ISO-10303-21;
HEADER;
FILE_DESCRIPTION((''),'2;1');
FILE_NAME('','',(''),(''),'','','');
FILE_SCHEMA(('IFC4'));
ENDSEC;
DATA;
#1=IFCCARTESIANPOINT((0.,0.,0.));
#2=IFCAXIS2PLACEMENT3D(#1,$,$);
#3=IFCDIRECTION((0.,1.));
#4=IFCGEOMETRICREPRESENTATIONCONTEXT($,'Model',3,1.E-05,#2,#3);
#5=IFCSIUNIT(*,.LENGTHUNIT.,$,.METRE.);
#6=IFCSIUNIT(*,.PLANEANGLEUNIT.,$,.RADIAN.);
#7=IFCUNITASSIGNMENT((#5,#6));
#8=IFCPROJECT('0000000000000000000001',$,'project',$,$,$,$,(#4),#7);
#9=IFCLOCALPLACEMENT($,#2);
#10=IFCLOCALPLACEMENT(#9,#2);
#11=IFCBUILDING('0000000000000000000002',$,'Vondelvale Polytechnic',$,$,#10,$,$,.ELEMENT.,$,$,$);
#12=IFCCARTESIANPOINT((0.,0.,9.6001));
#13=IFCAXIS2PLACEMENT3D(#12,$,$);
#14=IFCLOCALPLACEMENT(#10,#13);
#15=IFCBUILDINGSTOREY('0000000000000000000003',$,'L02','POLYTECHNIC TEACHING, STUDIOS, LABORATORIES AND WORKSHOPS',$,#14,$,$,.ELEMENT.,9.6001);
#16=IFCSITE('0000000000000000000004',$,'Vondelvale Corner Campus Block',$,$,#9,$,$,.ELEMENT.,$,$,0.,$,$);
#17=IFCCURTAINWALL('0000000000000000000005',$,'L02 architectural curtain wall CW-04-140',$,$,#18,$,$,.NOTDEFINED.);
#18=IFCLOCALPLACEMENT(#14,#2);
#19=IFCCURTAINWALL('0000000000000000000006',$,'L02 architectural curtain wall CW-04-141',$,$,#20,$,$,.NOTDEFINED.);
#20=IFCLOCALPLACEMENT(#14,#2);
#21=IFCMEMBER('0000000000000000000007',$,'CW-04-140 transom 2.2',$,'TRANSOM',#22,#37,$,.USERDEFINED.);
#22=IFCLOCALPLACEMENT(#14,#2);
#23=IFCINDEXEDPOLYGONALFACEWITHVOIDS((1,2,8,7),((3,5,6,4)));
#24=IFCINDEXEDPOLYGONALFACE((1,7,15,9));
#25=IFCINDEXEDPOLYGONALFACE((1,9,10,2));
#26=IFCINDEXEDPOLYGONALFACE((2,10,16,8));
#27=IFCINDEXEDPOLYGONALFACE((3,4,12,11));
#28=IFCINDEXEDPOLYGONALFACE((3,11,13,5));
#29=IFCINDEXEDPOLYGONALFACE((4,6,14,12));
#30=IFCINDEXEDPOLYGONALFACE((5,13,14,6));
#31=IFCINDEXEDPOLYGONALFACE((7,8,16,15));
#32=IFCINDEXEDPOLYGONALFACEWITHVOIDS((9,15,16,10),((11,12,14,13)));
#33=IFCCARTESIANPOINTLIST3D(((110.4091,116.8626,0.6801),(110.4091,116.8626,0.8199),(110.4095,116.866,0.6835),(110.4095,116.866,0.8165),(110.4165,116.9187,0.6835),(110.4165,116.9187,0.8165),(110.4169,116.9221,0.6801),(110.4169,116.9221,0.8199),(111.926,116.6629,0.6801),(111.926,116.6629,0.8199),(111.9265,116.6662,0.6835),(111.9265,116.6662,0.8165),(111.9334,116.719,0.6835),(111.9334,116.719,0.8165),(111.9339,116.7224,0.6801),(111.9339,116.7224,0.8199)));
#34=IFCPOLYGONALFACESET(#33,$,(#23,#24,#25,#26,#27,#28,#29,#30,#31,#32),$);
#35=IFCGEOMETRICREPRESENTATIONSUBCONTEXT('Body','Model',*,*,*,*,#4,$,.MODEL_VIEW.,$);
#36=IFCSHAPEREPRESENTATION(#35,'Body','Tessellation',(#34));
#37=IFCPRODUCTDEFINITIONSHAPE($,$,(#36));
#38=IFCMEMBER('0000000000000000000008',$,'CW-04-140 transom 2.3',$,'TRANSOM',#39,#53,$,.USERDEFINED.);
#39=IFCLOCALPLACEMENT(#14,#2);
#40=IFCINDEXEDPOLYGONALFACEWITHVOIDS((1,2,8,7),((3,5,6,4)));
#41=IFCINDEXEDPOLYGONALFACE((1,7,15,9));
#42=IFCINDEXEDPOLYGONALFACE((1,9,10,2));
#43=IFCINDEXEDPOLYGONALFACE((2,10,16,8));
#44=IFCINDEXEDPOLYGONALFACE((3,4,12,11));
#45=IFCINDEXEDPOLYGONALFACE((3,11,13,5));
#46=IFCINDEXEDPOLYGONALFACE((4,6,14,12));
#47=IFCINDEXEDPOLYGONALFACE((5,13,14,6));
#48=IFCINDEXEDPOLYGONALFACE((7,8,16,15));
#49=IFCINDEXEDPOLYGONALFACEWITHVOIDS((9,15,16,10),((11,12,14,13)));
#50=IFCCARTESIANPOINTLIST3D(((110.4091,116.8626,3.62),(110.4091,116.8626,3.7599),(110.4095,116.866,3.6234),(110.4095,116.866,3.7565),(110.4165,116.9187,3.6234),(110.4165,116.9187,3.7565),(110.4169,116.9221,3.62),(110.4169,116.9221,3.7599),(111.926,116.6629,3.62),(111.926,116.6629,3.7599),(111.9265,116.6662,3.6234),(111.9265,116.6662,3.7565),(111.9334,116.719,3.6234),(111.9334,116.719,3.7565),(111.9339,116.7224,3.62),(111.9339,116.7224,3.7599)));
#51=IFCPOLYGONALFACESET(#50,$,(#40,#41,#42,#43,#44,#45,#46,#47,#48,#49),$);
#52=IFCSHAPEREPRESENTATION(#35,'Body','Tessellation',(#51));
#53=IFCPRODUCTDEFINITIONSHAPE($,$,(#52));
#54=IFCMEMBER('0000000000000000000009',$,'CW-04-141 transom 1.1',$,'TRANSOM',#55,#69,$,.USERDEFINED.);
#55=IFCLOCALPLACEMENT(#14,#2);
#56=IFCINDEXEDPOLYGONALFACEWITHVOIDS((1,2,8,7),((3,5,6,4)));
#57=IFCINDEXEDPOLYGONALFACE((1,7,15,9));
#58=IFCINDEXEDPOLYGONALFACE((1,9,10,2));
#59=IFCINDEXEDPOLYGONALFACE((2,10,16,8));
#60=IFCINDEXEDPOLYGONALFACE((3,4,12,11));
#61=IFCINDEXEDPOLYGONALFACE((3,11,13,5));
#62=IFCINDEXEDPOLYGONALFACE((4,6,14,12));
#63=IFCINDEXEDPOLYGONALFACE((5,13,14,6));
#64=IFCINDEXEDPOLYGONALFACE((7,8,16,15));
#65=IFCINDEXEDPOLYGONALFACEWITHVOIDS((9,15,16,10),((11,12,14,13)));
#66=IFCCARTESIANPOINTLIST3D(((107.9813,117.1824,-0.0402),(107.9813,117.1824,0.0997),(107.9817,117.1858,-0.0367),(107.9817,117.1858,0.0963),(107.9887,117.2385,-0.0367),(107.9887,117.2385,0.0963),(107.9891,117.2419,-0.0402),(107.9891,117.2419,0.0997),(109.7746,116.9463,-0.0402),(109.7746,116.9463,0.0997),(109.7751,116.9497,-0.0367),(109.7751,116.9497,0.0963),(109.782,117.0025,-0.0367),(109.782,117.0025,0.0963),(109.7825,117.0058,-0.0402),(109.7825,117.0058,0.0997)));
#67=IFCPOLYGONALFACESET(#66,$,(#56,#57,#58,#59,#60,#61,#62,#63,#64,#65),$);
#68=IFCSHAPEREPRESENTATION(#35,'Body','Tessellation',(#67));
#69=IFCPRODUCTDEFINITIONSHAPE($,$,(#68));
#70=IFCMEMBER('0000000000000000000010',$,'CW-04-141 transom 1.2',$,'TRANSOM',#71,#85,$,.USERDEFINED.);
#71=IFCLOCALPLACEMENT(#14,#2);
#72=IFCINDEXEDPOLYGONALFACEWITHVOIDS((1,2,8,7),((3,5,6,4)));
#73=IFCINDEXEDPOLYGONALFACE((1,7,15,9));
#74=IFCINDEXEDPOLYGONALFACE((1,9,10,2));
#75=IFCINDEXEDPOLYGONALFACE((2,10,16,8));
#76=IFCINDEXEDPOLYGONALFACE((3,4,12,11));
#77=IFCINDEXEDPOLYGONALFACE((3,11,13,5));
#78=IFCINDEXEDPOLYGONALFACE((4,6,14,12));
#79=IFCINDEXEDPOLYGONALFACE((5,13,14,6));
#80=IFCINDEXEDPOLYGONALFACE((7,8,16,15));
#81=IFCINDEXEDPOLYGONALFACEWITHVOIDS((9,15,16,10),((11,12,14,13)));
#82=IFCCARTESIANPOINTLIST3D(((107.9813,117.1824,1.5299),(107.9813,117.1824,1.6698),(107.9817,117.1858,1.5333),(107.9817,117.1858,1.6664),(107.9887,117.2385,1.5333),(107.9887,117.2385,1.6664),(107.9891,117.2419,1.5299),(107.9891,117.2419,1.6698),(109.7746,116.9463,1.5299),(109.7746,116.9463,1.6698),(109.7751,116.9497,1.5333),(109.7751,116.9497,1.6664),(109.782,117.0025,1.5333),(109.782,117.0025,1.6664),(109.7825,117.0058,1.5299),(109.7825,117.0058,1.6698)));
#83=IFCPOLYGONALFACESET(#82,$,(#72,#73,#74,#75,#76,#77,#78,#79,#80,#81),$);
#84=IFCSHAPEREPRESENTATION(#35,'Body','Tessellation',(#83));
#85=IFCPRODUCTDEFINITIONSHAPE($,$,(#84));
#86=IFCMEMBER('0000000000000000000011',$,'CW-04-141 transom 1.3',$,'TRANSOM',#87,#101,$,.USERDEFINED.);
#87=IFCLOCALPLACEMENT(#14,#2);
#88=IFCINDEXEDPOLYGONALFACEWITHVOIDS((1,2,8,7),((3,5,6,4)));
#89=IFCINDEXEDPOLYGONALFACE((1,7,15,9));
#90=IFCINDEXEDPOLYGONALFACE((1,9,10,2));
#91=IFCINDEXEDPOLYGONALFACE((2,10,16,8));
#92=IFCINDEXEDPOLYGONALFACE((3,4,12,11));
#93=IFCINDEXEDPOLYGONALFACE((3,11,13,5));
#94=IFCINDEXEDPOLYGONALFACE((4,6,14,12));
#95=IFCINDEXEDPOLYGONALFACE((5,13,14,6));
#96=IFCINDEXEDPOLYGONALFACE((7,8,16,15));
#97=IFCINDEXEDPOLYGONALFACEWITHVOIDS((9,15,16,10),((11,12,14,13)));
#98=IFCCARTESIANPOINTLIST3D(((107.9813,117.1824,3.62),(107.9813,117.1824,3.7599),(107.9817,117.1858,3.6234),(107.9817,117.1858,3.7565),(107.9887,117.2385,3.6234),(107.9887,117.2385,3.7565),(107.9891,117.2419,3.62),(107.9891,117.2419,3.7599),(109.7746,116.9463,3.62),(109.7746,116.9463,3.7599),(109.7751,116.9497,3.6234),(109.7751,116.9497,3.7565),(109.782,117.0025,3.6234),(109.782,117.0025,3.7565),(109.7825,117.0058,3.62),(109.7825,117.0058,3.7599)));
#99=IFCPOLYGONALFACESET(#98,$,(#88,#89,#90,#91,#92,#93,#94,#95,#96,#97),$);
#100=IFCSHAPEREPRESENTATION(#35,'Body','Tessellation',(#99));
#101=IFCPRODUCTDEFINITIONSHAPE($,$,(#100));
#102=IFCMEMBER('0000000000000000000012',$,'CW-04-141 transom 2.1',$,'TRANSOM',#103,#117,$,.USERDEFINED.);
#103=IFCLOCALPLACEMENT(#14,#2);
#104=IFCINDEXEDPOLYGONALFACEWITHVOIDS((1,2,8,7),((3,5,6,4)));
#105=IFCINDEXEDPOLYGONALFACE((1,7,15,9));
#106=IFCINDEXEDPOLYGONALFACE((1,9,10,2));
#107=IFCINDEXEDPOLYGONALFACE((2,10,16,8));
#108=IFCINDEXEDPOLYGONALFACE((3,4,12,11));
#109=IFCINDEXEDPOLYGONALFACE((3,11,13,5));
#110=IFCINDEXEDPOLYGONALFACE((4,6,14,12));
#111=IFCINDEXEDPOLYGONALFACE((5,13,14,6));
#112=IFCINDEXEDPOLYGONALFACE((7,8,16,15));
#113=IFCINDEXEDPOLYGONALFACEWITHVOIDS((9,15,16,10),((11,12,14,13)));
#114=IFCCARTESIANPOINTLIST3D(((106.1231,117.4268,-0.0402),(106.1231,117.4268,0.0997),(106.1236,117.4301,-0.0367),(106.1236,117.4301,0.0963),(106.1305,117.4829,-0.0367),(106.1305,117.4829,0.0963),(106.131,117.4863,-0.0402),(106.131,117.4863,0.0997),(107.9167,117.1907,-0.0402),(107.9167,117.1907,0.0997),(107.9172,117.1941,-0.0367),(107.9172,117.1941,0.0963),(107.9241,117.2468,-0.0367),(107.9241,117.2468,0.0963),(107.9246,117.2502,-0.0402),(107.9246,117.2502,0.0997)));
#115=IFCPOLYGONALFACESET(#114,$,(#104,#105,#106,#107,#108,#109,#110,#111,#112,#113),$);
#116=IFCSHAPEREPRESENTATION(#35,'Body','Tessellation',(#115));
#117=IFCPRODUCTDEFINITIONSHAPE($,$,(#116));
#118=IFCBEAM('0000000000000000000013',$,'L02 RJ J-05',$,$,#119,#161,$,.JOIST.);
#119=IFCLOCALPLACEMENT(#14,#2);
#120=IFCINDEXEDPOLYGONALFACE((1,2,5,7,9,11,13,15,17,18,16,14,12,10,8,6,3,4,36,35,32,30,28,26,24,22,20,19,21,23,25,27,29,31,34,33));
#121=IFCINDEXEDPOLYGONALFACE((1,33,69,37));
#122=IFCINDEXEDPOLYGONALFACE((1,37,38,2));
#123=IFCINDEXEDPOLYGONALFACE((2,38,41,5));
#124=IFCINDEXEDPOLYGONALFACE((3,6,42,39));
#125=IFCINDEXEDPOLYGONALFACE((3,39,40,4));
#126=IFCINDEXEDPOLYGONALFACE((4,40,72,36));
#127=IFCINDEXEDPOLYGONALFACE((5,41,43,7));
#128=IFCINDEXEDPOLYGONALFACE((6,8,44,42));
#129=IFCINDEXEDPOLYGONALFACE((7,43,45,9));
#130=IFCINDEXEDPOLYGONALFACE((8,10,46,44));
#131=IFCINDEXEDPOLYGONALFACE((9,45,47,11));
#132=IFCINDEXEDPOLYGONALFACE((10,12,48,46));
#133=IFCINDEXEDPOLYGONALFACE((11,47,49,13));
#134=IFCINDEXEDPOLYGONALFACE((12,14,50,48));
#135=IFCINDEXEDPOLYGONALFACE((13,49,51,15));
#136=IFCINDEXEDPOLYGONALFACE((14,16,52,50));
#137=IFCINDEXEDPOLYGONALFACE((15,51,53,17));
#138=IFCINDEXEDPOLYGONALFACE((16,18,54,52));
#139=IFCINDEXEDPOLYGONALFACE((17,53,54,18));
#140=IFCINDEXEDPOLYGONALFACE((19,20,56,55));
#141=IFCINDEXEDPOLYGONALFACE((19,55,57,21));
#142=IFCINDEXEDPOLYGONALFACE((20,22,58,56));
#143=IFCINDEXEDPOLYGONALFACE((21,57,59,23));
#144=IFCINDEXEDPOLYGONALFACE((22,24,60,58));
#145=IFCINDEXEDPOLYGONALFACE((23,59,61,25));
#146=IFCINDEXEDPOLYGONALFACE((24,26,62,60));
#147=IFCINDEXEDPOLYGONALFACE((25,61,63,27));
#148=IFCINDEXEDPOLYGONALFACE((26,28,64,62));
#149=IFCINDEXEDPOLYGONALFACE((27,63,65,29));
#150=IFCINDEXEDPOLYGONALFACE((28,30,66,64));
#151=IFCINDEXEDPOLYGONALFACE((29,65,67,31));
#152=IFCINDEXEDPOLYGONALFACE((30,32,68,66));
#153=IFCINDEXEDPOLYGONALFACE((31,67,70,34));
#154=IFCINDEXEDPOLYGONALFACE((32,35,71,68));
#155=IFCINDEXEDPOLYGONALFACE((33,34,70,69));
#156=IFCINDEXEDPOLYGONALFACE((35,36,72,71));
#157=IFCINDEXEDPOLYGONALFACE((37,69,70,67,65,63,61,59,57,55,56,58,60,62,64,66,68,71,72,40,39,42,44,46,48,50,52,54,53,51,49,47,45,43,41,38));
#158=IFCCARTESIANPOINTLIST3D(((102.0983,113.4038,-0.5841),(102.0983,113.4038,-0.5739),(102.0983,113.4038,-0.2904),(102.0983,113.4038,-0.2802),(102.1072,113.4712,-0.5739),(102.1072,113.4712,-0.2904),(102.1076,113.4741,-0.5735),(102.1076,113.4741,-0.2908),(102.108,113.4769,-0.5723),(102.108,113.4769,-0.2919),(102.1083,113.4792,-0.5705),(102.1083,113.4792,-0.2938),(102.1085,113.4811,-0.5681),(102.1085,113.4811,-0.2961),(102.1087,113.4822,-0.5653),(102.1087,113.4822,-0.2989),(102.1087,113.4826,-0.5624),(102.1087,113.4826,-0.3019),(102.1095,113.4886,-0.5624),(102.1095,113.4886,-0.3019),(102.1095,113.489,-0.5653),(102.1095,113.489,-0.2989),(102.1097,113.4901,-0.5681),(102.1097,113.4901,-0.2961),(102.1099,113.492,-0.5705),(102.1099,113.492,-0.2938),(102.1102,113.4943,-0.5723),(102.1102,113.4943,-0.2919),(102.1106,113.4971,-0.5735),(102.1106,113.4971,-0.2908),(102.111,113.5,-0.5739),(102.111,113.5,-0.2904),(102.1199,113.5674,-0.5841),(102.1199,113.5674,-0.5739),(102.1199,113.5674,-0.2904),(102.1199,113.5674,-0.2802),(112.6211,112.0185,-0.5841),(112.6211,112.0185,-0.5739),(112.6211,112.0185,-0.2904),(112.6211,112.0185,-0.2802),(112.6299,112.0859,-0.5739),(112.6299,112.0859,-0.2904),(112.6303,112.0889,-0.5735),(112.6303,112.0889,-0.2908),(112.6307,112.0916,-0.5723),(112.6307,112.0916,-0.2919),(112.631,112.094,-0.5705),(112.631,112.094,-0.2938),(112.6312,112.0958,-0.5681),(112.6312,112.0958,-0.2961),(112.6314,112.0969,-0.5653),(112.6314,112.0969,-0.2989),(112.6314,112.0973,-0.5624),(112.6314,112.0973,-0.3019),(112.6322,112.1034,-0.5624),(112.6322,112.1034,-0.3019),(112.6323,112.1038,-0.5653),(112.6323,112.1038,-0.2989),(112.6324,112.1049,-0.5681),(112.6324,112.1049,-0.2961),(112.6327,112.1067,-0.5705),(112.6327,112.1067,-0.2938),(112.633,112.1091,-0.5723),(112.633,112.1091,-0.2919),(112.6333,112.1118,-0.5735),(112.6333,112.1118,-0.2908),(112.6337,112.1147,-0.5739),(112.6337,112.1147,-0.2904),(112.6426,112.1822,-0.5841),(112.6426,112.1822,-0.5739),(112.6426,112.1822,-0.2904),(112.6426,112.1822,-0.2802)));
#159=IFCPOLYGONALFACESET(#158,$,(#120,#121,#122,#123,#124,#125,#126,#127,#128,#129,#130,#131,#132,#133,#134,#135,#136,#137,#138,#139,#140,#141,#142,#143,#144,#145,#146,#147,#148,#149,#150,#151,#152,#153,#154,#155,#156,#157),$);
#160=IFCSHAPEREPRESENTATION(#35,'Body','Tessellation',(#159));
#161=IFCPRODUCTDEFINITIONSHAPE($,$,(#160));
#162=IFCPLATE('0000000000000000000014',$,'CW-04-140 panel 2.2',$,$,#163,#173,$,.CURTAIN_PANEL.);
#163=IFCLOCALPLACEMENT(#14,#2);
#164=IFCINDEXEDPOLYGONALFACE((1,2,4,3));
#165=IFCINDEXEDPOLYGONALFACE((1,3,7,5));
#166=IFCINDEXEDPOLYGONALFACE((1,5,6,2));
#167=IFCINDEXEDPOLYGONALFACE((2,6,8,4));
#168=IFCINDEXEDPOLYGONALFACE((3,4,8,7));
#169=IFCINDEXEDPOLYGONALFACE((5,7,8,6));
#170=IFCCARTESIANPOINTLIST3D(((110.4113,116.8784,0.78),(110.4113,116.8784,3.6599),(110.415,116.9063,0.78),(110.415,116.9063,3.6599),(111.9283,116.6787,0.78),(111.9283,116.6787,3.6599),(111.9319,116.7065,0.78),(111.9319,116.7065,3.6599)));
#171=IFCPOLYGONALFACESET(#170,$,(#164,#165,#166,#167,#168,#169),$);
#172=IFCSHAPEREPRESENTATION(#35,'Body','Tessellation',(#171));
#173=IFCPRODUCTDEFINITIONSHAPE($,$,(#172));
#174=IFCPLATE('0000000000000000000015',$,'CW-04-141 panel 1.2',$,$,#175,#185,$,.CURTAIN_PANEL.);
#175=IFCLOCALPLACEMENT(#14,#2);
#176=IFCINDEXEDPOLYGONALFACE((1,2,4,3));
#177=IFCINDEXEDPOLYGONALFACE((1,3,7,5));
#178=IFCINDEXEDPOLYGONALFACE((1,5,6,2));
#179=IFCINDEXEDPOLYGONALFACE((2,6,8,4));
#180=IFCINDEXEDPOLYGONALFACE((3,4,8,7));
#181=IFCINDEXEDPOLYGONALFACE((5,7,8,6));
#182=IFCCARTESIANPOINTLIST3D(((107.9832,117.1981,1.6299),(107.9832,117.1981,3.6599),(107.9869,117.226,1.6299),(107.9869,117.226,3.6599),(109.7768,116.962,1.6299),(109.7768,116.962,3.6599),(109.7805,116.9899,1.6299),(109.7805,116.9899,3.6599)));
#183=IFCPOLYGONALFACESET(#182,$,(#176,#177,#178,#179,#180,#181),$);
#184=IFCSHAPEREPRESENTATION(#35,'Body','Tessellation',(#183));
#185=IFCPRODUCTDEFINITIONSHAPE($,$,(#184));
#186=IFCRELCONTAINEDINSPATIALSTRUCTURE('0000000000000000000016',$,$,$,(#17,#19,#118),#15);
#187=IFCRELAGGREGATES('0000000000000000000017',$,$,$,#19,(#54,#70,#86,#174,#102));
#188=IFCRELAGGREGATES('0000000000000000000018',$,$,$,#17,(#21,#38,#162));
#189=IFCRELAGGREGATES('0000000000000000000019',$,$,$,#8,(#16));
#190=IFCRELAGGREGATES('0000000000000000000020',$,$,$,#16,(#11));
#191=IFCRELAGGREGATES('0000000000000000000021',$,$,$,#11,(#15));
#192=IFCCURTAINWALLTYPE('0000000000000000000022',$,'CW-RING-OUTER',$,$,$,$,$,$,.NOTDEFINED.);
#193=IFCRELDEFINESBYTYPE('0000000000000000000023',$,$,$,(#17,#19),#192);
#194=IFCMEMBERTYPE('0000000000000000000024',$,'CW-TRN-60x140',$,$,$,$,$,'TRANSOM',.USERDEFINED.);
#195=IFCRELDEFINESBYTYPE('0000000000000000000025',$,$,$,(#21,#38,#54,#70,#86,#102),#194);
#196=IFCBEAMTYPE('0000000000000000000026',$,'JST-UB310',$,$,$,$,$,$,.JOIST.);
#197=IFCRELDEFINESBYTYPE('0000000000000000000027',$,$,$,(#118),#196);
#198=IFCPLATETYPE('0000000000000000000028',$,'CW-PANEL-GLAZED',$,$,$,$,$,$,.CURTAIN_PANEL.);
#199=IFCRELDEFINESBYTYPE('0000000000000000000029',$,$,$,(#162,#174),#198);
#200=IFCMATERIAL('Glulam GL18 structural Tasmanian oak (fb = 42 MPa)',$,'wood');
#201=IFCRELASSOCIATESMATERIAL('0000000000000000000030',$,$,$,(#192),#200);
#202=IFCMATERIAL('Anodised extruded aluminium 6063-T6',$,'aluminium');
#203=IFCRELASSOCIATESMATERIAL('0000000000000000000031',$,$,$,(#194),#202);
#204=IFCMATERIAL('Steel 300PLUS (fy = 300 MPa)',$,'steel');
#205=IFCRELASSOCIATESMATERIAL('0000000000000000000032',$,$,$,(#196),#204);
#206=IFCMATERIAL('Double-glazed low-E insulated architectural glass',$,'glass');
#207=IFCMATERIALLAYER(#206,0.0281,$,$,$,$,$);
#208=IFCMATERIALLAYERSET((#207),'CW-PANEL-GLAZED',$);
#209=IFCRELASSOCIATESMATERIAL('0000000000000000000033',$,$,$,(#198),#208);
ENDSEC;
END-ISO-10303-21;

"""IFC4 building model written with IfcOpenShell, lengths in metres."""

from ifc_helpers import new_model, si_unit, direction, frame, origin, origin_2d, place, context, subcontext, project, spatial, rectangle, hollow_rectangle, i_section, extrude, material, layer, layer_set, material_profile, profile_set, type_object, element, aggregate, save


model = new_model("IFC4")

# Units and contexts
model_context = context("Model", 3, precision=1e-05, world=origin(), true_north=direction((0.0, 1.0)))
body_context = subcontext(model_context, "Body", "Model", "MODEL_VIEW")
ifc_project = project(units=[si_unit("LENGTHUNIT", "METRE"), si_unit("PLANEANGLEUNIT", "RADIAN")], contexts=[model_context])

# Site, building, storey
site_placement = place(None, origin())
site = spatial("IfcSite", under=ifc_project, at=site_placement, Name="Vondelvale Corner Campus Block", CompositionType="ELEMENT", RefElevation=0.0)
building_placement = place(site_placement, origin())
building = spatial("IfcBuilding", under=site, at=building_placement, Name="Vondelvale Polytechnic", CompositionType="ELEMENT")
storey_placement = place(building_placement, frame((0.0, 0.0, 9.6001)))
storey = spatial("IfcBuildingStorey", under=building, at=storey_placement, Name="L02", Description="POLYTECHNIC TEACHING, STUDIOS, LABORATORIES AND WORKSHOPS", CompositionType="ELEMENT", Elevation=9.6001)

# Shared definitions
ifc_material_1 = material(Name="Glulam GL18 structural Tasmanian oak (fb = 42 MPa)", Category="wood")
ifc_material_2 = material(Name="Steel 300PLUS (fy = 300 MPa)", Category="steel")

# Curtain walls
curtain_wall_type = type_object("IfcCurtainWallType", Name="CW-RING-OUTER", PredefinedType="NOTDEFINED", material=ifc_material_1)
curtain_wall_1_placement = place(storey_placement, origin())
curtain_wall_1 = element("IfcCurtainWall", 1, at=curtain_wall_1_placement, inside=storey, type_object=curtain_wall_type, Name="L02 architectural curtain wall CW-04-140", PredefinedType="NOTDEFINED")
ifc_material_3 = material(Name="Anodised extruded aluminium 6063-T6", Category="aluminium")
curtain_wall_2_placement = place(storey_placement, origin())
curtain_wall_2 = element("IfcCurtainWall", 2, at=curtain_wall_2_placement, inside=storey, type_object=curtain_wall_type, Name="L02 architectural curtain wall CW-04-141", PredefinedType="NOTDEFINED")

# Members
ifc_material_profile_1 = material_profile(ifc_material_3, hollow_rectangle(XDim=0.0601, YDim=0.1399, WallThickness=0.0034, at=origin_2d()), Name="CW-TRN-140x60")
ifc_profile_set_1 = profile_set([ifc_material_profile_1], Name="Anodised extruded aluminium 6063-T6")
member_type_1 = type_object("IfcMemberType", Name="CW-TRN-60x140", ElementType="TRANSOM", PredefinedType="USERDEFINED", material=ifc_profile_set_1)
member_1_placement = place(storey_placement, frame((111.9299, 116.6926, 0.75), z_axis=(-0.991444, 0.130533, 0.0), x_axis=(-0.130533, -0.991444, 0.0)))
member_1 = element("IfcMember", 3, at=member_1_placement, type_object=member_type_1, Name="CW-04-140 transom 2.2", ObjectType="TRANSOM", PredefinedType="USERDEFINED", context=body_context, shape_type="SweptSolid", body=[
    extrude(hollow_rectangle(XDim=0.0601, YDim=0.1399, WallThickness=0.0034, at=origin_2d()), origin(), (0.0, 0.0, 1.0), 1.53),
])
member_2_placement = place(storey_placement, frame((111.9299, 116.6926, 3.6899), z_axis=(-0.991444, 0.130533, 0.0), x_axis=(-0.130533, -0.991444, 0.0)))
member_2 = element("IfcMember", 4, at=member_2_placement, type_object=member_type_1, Name="CW-04-140 transom 2.3", ObjectType="TRANSOM", PredefinedType="USERDEFINED", context=body_context, shape_type="SweptSolid", body=[
    extrude(hollow_rectangle(XDim=0.0601, YDim=0.1399, WallThickness=0.0034, at=origin_2d()), origin(), (0.0, 0.0, 1.0), 1.53),
])
member_3_placement = place(storey_placement, frame((109.7786, 116.9761, 0.0298), z_axis=(-0.991447, 0.13051, 0.0), x_axis=(-0.13051, -0.991447, 0.0)))
member_3 = element("IfcMember", 5, at=member_3_placement, type_object=member_type_1, Name="CW-04-141 transom 1.1", ObjectType="TRANSOM", PredefinedType="USERDEFINED", context=body_context, shape_type="SweptSolid", body=[
    extrude(hollow_rectangle(XDim=0.0601, YDim=0.1399, WallThickness=0.0034, at=origin_2d()), origin(), (0.0, 0.0, 1.0), 1.8088),
])
member_4_placement = place(storey_placement, frame((109.7786, 116.9761, 1.5999), z_axis=(-0.991447, 0.13051, 0.0), x_axis=(-0.13051, -0.991447, 0.0)))
member_4 = element("IfcMember", 6, at=member_4_placement, type_object=member_type_1, Name="CW-04-141 transom 1.2", ObjectType="TRANSOM", PredefinedType="USERDEFINED", context=body_context, shape_type="SweptSolid", body=[
    extrude(hollow_rectangle(XDim=0.0601, YDim=0.1399, WallThickness=0.0034, at=origin_2d()), origin(), (0.0, 0.0, 1.0), 1.8088),
])
member_5_placement = place(storey_placement, frame((109.7786, 116.9761, 3.6899), z_axis=(-0.991447, 0.13051, 0.0), x_axis=(-0.13051, -0.991447, 0.0)))
member_5 = element("IfcMember", 7, at=member_5_placement, type_object=member_type_1, Name="CW-04-141 transom 1.3", ObjectType="TRANSOM", PredefinedType="USERDEFINED", context=body_context, shape_type="SweptSolid", body=[
    extrude(hollow_rectangle(XDim=0.0601, YDim=0.1399, WallThickness=0.0034, at=origin_2d()), origin(), (0.0, 0.0, 1.0), 1.8088),
])
member_6_placement = place(storey_placement, frame((107.9207, 117.2205, 0.0298), z_axis=(-0.991449, 0.130493, 0.0), x_axis=(-0.130493, -0.991449, 0.0)))
member_6 = element("IfcMember", 8, at=member_6_placement, type_object=member_type_1, Name="CW-04-141 transom 2.1", ObjectType="TRANSOM", PredefinedType="USERDEFINED", context=body_context, shape_type="SweptSolid", body=[
    extrude(hollow_rectangle(XDim=0.0601, YDim=0.1399, WallThickness=0.0034, at=origin_2d()), origin(), (0.0, 0.0, 1.0), 1.8091),
])

# Beam
ifc_material_profile_2 = material_profile(ifc_material_2, i_section(OverallWidth=0.165, OverallDepth=0.304, WebThickness=0.0061, FlangeThickness=0.0103, FilletRadius=0.0115, at=origin_2d()), Name="310UB40.4")
ifc_profile_set_2 = profile_set([ifc_material_profile_2], Name="Steel 300PLUS (fy = 300 MPa)")
beam_type_1 = type_object("IfcBeamType", Name="JST-UB310", PredefinedType="JOIST", material=ifc_profile_set_2)
beam_1_placement = place(storey_placement, frame((112.6318, 112.1003, -0.4321), z_axis=(-0.991446, 0.130518, 0.0), x_axis=(-0.130518, -0.991446, 0.0)))
element("IfcBeam", 9, at=beam_1_placement, inside=storey, type_object=beam_type_1, Name="L02 RJ J-05", PredefinedType="JOIST", context=body_context, shape_type="SweptSolid", body=[
    extrude(i_section(OverallWidth=0.165, OverallDepth=0.304, WebThickness=0.0061, FlangeThickness=0.0103, FilletRadius=0.0115, at=origin_2d()), origin(), (0.0, 0.0, 1.0), 10.6135),
])

# Plates
ifc_material_4 = material(Name="Double-glazed low-E insulated architectural glass", Category="glass")
ifc_layer_1 = layer(ifc_material_4, 0.0281)
ifc_layer_set_1 = layer_set([ifc_layer_1], Name="CW-PANEL-GLAZED")
plate_type_1 = type_object("IfcPlateType", Name="CW-PANEL-GLAZED", PredefinedType="CURTAIN_PANEL", material=ifc_layer_set_1)
plate_1_placement = place(storey_placement, frame((111.1716, 116.7925, 0.78), z_axis=(0.0, 0.0, 1.0), x_axis=(-0.991443, 0.13054, 0.0)))
plate_1 = element("IfcPlate", 10, at=plate_1_placement, type_object=plate_type_1, Name="CW-04-140 panel 2.2", PredefinedType="CURTAIN_PANEL", context=body_context, shape_type="SweptSolid", body=[
    extrude(rectangle(XDim=1.53, YDim=0.0281, at=origin_2d()), origin(), (0.0, 0.0, 1.0), 2.8799),
])
plate_2_placement = place(storey_placement, frame((108.8818, 117.094, 1.6299), z_axis=(0.0, 0.0, 1.0), x_axis=(-0.991449, 0.130497, 0.0)))
plate_2 = element("IfcPlate", 11, at=plate_2_placement, type_object=plate_type_1, Name="CW-04-141 panel 1.2", PredefinedType="CURTAIN_PANEL", context=body_context, shape_type="SweptSolid", body=[
    extrude(rectangle(XDim=1.8091, YDim=0.0281, at=origin_2d()), origin(), (0.0, 0.0, 1.0), 2.03),
])
aggregate(curtain_wall_2, [member_3, member_4, member_5, plate_2, member_6])
aggregate(curtain_wall_1, [member_1, member_2, plate_1])

save(model, "model.ifc")
